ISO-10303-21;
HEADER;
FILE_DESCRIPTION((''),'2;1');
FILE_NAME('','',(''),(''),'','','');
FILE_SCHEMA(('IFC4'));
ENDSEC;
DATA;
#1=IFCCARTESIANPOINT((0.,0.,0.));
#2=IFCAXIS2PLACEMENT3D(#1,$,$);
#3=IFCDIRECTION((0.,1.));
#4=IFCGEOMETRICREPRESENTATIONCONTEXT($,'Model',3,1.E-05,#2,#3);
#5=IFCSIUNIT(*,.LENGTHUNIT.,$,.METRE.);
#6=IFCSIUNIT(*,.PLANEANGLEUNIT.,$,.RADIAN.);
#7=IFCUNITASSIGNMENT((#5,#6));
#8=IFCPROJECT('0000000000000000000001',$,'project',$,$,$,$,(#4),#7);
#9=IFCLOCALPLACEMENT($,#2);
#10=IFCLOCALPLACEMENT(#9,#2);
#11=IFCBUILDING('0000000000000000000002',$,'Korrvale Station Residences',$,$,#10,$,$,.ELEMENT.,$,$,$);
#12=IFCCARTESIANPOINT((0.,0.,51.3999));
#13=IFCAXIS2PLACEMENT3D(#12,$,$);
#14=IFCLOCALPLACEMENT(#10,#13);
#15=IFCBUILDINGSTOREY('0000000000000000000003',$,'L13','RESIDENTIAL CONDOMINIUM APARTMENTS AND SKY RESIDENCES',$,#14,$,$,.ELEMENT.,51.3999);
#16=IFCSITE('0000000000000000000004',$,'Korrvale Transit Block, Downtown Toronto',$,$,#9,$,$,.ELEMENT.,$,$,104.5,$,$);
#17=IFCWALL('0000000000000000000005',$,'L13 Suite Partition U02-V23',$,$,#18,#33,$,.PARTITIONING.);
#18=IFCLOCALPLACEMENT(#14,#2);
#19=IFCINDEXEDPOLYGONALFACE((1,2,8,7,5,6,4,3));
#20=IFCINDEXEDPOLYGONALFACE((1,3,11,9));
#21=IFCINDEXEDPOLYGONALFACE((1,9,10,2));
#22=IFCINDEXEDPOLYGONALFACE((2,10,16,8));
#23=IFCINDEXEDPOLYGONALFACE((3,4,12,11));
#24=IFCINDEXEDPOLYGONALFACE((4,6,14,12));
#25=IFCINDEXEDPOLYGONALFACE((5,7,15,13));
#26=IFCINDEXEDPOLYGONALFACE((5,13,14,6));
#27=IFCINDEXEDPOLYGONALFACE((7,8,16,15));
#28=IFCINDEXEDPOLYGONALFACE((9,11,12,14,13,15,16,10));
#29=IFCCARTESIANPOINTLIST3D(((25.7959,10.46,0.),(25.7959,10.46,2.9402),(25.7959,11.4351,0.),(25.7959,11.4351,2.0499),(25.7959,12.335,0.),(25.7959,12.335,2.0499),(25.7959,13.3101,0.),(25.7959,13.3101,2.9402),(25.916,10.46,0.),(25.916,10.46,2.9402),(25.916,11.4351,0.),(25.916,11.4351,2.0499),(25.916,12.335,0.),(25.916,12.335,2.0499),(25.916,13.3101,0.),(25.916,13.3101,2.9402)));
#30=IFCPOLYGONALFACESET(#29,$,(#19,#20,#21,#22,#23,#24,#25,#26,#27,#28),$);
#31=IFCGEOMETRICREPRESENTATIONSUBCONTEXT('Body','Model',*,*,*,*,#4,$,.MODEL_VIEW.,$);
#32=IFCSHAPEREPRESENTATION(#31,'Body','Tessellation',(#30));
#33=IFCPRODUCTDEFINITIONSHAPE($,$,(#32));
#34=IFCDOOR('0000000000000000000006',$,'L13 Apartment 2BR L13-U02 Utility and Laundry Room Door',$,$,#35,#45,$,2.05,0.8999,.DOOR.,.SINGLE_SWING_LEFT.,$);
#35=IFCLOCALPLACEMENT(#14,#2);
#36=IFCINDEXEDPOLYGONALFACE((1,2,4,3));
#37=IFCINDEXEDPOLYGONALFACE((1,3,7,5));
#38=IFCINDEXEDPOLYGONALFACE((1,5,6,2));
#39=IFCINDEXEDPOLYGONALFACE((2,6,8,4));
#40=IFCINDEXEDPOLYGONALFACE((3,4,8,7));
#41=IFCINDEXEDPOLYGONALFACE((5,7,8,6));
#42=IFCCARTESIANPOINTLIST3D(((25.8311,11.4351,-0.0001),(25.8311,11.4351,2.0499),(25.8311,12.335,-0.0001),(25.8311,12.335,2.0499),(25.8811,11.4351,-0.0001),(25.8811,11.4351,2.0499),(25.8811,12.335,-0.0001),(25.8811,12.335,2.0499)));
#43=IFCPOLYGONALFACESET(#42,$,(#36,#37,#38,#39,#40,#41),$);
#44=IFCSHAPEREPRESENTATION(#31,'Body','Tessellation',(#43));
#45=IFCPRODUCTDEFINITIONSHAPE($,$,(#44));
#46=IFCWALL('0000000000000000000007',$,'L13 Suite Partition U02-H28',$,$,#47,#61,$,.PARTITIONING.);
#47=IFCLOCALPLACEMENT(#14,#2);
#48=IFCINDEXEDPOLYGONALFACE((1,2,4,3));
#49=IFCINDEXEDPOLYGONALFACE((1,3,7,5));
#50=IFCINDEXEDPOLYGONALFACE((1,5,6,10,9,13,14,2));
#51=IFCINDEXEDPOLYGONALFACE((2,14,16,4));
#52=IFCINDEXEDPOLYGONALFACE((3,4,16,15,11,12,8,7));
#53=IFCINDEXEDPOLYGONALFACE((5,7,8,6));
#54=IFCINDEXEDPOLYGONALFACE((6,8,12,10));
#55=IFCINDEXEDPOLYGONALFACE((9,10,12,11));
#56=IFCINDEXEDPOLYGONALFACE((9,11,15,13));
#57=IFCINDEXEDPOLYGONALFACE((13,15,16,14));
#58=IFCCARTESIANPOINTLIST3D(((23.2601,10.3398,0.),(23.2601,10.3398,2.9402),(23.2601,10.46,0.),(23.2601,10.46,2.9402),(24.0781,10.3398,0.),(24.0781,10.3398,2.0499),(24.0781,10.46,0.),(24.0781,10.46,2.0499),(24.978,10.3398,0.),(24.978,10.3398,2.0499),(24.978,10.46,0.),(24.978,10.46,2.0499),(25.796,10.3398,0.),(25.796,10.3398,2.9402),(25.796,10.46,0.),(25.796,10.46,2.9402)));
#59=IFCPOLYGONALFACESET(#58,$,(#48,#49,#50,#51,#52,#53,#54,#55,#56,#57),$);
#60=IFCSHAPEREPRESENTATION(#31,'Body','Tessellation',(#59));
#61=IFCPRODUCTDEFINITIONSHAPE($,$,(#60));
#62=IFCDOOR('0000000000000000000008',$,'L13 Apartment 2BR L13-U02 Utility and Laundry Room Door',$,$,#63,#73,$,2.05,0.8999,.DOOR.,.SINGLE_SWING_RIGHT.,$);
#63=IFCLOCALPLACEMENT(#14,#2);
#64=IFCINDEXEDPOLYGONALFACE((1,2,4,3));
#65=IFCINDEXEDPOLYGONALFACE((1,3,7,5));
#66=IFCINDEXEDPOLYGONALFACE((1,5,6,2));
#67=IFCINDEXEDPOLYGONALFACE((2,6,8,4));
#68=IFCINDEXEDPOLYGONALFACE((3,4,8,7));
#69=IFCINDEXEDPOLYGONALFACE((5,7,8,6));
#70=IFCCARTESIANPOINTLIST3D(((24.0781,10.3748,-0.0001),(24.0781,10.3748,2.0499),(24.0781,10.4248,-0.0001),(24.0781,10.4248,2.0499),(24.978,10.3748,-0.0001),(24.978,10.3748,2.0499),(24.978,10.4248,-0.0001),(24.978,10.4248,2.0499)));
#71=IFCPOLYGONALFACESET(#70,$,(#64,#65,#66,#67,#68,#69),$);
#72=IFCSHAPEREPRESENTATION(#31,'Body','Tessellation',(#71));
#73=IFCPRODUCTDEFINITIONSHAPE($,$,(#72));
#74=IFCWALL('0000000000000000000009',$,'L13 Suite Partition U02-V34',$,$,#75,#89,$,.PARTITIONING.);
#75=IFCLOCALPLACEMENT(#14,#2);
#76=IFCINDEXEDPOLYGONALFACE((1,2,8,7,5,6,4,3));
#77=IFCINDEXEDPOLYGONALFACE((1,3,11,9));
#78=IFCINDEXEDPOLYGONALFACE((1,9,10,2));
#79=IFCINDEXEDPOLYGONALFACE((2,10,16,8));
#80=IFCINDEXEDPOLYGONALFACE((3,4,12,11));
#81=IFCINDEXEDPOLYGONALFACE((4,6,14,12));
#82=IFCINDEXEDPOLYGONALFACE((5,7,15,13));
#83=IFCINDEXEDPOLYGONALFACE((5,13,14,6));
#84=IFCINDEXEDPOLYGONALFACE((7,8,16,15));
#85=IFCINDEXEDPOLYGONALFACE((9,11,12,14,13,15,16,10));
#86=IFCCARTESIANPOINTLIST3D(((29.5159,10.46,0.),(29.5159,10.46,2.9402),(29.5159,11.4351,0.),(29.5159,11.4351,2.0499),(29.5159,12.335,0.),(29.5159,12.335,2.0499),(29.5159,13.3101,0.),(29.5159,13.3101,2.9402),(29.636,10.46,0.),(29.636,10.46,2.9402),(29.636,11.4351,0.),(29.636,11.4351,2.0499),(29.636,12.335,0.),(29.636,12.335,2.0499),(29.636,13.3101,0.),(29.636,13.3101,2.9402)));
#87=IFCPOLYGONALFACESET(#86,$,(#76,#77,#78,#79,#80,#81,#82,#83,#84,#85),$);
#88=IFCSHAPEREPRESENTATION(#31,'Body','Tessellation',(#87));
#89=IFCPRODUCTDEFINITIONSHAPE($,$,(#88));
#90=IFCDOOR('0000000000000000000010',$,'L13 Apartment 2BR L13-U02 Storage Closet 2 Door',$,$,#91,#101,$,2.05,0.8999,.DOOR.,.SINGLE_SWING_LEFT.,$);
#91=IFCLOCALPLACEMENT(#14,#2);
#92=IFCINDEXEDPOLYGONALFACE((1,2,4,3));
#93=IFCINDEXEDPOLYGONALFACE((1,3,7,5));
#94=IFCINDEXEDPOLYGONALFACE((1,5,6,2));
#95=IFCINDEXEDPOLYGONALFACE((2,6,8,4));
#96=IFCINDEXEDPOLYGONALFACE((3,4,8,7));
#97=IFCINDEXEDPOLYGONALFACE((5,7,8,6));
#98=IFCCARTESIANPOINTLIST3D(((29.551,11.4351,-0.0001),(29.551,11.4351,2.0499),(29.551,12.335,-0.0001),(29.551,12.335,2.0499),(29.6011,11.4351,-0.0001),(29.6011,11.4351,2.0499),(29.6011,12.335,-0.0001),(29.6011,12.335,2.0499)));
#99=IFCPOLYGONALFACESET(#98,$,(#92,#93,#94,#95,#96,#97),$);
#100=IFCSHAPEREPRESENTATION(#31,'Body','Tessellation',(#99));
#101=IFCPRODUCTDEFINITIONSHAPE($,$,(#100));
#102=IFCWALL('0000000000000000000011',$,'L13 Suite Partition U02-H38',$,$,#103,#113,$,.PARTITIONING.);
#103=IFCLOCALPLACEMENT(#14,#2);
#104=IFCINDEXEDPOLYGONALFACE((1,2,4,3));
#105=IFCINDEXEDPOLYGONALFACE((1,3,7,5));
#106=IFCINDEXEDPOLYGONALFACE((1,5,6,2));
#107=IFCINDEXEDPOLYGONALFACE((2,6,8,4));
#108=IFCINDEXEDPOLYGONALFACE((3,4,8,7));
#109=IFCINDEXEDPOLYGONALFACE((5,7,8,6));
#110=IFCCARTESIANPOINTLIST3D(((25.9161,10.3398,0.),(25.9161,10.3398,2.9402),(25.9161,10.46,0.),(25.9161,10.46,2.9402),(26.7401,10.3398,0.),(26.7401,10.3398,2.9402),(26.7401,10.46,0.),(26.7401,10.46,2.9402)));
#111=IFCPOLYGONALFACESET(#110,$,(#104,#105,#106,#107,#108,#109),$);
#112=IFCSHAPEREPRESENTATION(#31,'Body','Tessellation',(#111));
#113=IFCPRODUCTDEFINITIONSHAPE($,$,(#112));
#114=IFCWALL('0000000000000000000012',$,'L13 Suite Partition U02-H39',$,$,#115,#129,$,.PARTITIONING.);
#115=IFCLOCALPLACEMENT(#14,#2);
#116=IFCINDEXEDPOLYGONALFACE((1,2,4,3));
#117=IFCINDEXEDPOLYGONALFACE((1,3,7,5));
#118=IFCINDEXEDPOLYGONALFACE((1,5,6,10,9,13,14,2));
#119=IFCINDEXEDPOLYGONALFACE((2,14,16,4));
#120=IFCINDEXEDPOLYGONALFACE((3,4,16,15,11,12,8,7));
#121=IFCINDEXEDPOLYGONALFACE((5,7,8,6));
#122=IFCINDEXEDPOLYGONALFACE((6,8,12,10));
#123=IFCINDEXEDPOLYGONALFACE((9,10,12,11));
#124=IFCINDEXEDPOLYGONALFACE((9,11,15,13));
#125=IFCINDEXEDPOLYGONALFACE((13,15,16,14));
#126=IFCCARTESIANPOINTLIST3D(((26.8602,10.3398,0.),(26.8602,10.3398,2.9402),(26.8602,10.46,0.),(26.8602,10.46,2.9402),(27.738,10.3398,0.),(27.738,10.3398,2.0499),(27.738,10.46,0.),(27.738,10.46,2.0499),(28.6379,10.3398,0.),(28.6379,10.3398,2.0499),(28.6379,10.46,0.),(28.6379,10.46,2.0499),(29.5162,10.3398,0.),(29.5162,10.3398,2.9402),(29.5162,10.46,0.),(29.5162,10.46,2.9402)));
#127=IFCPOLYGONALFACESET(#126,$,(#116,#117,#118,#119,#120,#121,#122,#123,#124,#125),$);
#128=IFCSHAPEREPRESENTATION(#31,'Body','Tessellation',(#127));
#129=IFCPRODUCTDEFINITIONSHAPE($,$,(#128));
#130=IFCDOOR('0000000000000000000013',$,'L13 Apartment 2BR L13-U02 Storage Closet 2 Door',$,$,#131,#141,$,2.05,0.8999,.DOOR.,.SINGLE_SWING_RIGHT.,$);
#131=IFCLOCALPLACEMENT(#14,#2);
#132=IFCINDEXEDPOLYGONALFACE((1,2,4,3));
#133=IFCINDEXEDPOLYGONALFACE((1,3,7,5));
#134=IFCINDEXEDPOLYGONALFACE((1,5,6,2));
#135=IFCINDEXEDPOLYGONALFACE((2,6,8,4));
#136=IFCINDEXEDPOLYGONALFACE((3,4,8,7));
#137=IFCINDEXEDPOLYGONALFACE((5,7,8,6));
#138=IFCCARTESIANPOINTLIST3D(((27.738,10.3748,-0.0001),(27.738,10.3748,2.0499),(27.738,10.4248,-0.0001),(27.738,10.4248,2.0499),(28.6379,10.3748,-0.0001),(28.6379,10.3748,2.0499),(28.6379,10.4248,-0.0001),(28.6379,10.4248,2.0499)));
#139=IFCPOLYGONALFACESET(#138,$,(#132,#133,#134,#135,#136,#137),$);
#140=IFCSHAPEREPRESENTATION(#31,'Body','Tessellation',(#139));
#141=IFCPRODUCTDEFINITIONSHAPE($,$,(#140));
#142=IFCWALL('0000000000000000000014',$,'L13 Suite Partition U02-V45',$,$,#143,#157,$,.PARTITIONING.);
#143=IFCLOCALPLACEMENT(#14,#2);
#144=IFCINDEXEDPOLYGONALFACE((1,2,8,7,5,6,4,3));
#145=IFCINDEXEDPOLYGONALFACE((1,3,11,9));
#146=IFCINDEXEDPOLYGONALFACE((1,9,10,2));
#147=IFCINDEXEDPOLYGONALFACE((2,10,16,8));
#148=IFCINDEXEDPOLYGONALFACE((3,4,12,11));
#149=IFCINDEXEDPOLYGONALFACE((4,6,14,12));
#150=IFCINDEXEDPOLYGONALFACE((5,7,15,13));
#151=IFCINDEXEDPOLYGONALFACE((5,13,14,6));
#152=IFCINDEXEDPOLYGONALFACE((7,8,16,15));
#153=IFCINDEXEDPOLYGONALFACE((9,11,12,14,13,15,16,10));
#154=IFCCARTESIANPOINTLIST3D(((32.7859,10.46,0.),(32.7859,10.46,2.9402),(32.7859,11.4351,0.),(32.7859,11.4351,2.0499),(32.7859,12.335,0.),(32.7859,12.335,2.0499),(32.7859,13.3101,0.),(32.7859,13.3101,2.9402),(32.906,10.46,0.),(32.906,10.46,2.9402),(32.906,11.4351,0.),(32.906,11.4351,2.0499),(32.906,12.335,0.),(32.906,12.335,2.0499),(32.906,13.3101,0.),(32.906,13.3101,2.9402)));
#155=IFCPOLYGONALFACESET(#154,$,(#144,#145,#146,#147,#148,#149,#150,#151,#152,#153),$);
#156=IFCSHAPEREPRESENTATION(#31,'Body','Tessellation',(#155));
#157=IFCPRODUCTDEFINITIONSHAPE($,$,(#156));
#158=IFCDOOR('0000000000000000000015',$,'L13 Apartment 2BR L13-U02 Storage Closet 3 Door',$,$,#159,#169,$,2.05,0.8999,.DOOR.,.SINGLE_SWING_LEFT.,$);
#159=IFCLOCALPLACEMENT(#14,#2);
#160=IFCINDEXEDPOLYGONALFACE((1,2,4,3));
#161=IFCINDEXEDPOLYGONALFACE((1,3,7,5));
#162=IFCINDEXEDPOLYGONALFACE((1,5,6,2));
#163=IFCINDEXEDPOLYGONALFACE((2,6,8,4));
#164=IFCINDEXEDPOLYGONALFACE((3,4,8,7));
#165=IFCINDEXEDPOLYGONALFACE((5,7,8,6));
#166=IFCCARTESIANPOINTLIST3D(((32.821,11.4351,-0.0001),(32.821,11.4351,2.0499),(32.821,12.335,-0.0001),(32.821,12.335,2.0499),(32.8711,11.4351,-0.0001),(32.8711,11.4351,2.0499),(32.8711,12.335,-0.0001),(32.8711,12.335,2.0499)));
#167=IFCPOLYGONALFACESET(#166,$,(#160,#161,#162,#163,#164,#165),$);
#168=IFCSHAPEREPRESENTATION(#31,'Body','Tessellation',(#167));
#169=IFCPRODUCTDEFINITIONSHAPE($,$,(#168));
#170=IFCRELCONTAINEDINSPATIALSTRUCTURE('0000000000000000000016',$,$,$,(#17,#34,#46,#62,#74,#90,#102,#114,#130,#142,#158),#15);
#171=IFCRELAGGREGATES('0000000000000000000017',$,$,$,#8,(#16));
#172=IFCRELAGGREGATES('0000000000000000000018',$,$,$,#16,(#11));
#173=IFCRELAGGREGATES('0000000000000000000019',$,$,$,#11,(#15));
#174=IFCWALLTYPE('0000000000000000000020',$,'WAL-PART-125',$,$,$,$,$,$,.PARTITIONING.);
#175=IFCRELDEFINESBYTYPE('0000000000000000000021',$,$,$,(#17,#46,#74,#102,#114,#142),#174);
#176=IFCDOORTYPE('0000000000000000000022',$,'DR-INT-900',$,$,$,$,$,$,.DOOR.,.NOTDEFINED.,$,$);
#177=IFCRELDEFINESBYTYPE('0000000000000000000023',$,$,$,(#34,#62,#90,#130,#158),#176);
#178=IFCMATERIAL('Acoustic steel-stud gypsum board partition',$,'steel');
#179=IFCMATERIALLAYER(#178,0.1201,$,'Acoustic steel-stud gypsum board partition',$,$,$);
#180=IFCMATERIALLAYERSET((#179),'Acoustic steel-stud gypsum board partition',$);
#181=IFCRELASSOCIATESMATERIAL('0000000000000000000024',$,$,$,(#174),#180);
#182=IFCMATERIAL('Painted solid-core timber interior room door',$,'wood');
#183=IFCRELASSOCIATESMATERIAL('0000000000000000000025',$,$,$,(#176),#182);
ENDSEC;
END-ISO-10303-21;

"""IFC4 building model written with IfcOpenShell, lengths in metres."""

from ifc_helpers import new_model, si_unit, direction, frame, frame_2d, origin, place, context, subcontext, project, spatial, rectangle, extrude, material, layer, layer_set, type_object, element, fill, save


model = new_model("IFC4")

# Units and contexts
model_context = context("Model", 3, precision=1e-05, world=origin(), true_north=direction((0.0, 1.0)))
body_context = subcontext(model_context, "Body", "Model", "MODEL_VIEW")
ifc_project = project(units=[si_unit("LENGTHUNIT", "METRE"), si_unit("PLANEANGLEUNIT", "RADIAN")], contexts=[model_context])

# Site, building, storey
site_placement = place(None, origin())
site = spatial("IfcSite", under=ifc_project, at=site_placement, Name="Korrvale Transit Block, Downtown Toronto", CompositionType="ELEMENT", RefElevation=104.5)
building_placement = place(site_placement, origin())
building = spatial("IfcBuilding", under=site, at=building_placement, Name="Korrvale Station Residences", CompositionType="ELEMENT")
storey_placement = place(building_placement, frame((0.0, 0.0, 51.3999)))
storey = spatial("IfcBuildingStorey", under=building, at=storey_placement, Name="L13", Description="RESIDENTIAL CONDOMINIUM APARTMENTS AND SKY RESIDENCES", CompositionType="ELEMENT", Elevation=51.3999)

# Walls, openings, doors
ifc_material_1 = material(Name="Acoustic steel-stud gypsum board partition", Category="steel")
ifc_layer_1 = layer(ifc_material_1, 0.1201, Name="Acoustic steel-stud gypsum board partition")
ifc_layer_set_1 = layer_set([ifc_layer_1], Name="Acoustic steel-stud gypsum board partition")
wall_type = type_object("IfcWallType", Name="WAL-PART-125", PredefinedType="PARTITIONING", material=ifc_layer_set_1)
wall_1_placement = place(storey_placement, frame((25.856, 10.46, 0.0), z_axis=(0.0, 0.0, 1.0), x_axis=(0.0, 1.0, 0.0)))
wall_1 = element("IfcWall", 1, at=wall_1_placement, inside=storey, type_object=wall_type, Name="L13 Suite Partition U02-V23", PredefinedType="PARTITIONING", context=body_context, shape_type="SweptSolid", body=[
    extrude(rectangle(XDim=2.8501, YDim=0.1201, at=frame_2d((1.425, 0.0))), origin(), (0.0, 0.0, 1.0), 2.9402),
])
opening_1_placement = place(wall_1_placement, frame((0.9751, 0.0, 0.0)))
opening_1 = element("IfcOpeningElement", 2, at=opening_1_placement, cuts=wall_1, PredefinedType="OPENING", context=body_context, shape_type="SweptSolid", body=[
    extrude(rectangle(XDim=0.8999, YDim=2.05, at=frame_2d((0.45, 1.0249))), frame((0.0, 0.0701, 0.0), z_axis=(0.0, -1.0, 0.0), x_axis=(1.0, 0.0, 0.0)), (0.0, 0.0, 1.0), 0.1401),
])
ifc_material_2 = material(Name="Painted solid-core timber interior room door", Category="wood")
door_type = type_object("IfcDoorType", Name="DR-INT-900", OperationType="NOTDEFINED", PredefinedType="DOOR", material=ifc_material_2)
door_1_placement = place(opening_1_placement, origin())
door_1 = element("IfcDoor", 3, at=door_1_placement, inside=storey, type_object=door_type, Name="L13 Apartment 2BR L13-U02 Utility and Laundry Room Door", OperationType="SINGLE_SWING_LEFT", OverallHeight=2.05, OverallWidth=0.8999, PredefinedType="DOOR", context=body_context, shape_type="SweptSolid", body=[
    extrude(rectangle(XDim=0.8999, YDim=2.05, at=frame_2d((0.45, 1.0249))), frame((0.0, 0.0249, 0.0), z_axis=(0.0, -1.0, 0.0), x_axis=(1.0, 0.0, 0.0)), (0.0, 0.0, 1.0), 0.05),
])
fill(opening_1, door_1)
wall_2_placement = place(storey_placement, frame((23.26, 10.3999, 0.0), z_axis=(0.0, 0.0, 1.0), x_axis=(1.0, 0.0, 0.0)))
wall_2 = element("IfcWall", 4, at=wall_2_placement, inside=storey, type_object=wall_type, Name="L13 Suite Partition U02-H28", PredefinedType="PARTITIONING", context=body_context, shape_type="SweptSolid", body=[
    extrude(rectangle(XDim=2.5359, YDim=0.1201, at=frame_2d((1.2681, 0.0))), origin(), (0.0, 0.0, 1.0), 2.9402),
])
opening_2_placement = place(wall_2_placement, frame((0.8181, 0.0, 0.0)))
opening_2 = element("IfcOpeningElement", 5, at=opening_2_placement, cuts=wall_2, PredefinedType="OPENING", context=body_context, shape_type="SweptSolid", body=[
    extrude(rectangle(XDim=0.8999, YDim=2.05, at=frame_2d((0.45, 1.0249))), frame((0.0, 0.0701, 0.0), z_axis=(0.0, -1.0, 0.0), x_axis=(1.0, 0.0, 0.0)), (0.0, 0.0, 1.0), 0.1401),
])
door_2_placement = place(opening_2_placement, origin())
door_2 = element("IfcDoor", 6, at=door_2_placement, inside=storey, type_object=door_type, Name="L13 Apartment 2BR L13-U02 Utility and Laundry Room Door", OperationType="SINGLE_SWING_RIGHT", OverallHeight=2.05, OverallWidth=0.8999, PredefinedType="DOOR", context=body_context, shape_type="SweptSolid", body=[
    extrude(rectangle(XDim=0.8999, YDim=2.05, at=frame_2d((0.45, 1.0249))), frame((0.0, 0.0249, 0.0), z_axis=(0.0, -1.0, 0.0), x_axis=(1.0, 0.0, 0.0)), (0.0, 0.0, 1.0), 0.05),
])
fill(opening_2, door_2)
wall_3_placement = place(storey_placement, frame((29.5759, 10.46, 0.0), z_axis=(0.0, 0.0, 1.0), x_axis=(0.0, 1.0, 0.0)))
wall_3 = element("IfcWall", 7, at=wall_3_placement, inside=storey, type_object=wall_type, Name="L13 Suite Partition U02-V34", PredefinedType="PARTITIONING", context=body_context, shape_type="SweptSolid", body=[
    extrude(rectangle(XDim=2.8501, YDim=0.1201, at=frame_2d((1.425, 0.0))), origin(), (0.0, 0.0, 1.0), 2.9402),
])
opening_3_placement = place(wall_3_placement, frame((0.9751, 0.0, 0.0)))
opening_3 = element("IfcOpeningElement", 8, at=opening_3_placement, cuts=wall_3, PredefinedType="OPENING", context=body_context, shape_type="SweptSolid", body=[
    extrude(rectangle(XDim=0.8999, YDim=2.05, at=frame_2d((0.45, 1.0249))), frame((0.0, 0.0701, 0.0), z_axis=(0.0, -1.0, 0.0), x_axis=(1.0, 0.0, 0.0)), (0.0, 0.0, 1.0), 0.1401),
])
door_3_placement = place(opening_3_placement, origin())
door_3 = element("IfcDoor", 9, at=door_3_placement, inside=storey, type_object=door_type, Name="L13 Apartment 2BR L13-U02 Storage Closet 2 Door", OperationType="SINGLE_SWING_LEFT", OverallHeight=2.05, OverallWidth=0.8999, PredefinedType="DOOR", context=body_context, shape_type="SweptSolid", body=[
    extrude(rectangle(XDim=0.8999, YDim=2.05, at=frame_2d((0.45, 1.0249))), frame((0.0, 0.0249, 0.0), z_axis=(0.0, -1.0, 0.0), x_axis=(1.0, 0.0, 0.0)), (0.0, 0.0, 1.0), 0.05),
])
fill(opening_3, door_3)

# Wall
wall_4_placement = place(storey_placement, frame((25.916, 10.3999, 0.0), z_axis=(0.0, 0.0, 1.0), x_axis=(1.0, 0.0, 0.0)))
element("IfcWall", 10, at=wall_4_placement, inside=storey, type_object=wall_type, Name="L13 Suite Partition U02-H38", PredefinedType="PARTITIONING", context=body_context, shape_type="SweptSolid", body=[
    extrude(rectangle(XDim=0.824, YDim=0.1201, at=frame_2d((0.4121, 0.0))), origin(), (0.0, 0.0, 1.0), 2.9402),
])

# Walls, openings, doors
wall_5_placement = place(storey_placement, frame((26.8601, 10.3999, 0.0), z_axis=(0.0, 0.0, 1.0), x_axis=(1.0, 0.0, 0.0)))
wall_5 = element("IfcWall", 11, at=wall_5_placement, inside=storey, type_object=wall_type, Name="L13 Suite Partition U02-H39", PredefinedType="PARTITIONING", context=body_context, shape_type="SweptSolid", body=[
    extrude(rectangle(XDim=2.656, YDim=0.1201, at=frame_2d((1.3281, 0.0))), origin(), (0.0, 0.0, 1.0), 2.9402),
])
opening_4_placement = place(wall_5_placement, frame((0.8779, 0.0, 0.0)))
opening_4 = element("IfcOpeningElement", 12, at=opening_4_placement, cuts=wall_5, PredefinedType="OPENING", context=body_context, shape_type="SweptSolid", body=[
    extrude(rectangle(XDim=0.8999, YDim=2.05, at=frame_2d((0.45, 1.0249))), frame((0.0, 0.0701, 0.0), z_axis=(0.0, -1.0, 0.0), x_axis=(1.0, 0.0, 0.0)), (0.0, 0.0, 1.0), 0.1401),
])
door_4_placement = place(opening_4_placement, origin())
door_4 = element("IfcDoor", 13, at=door_4_placement, inside=storey, type_object=door_type, Name="L13 Apartment 2BR L13-U02 Storage Closet 2 Door", OperationType="SINGLE_SWING_RIGHT", OverallHeight=2.05, OverallWidth=0.8999, PredefinedType="DOOR", context=body_context, shape_type="SweptSolid", body=[
    extrude(rectangle(XDim=0.8999, YDim=2.05, at=frame_2d((0.45, 1.0249))), frame((0.0, 0.0249, 0.0), z_axis=(0.0, -1.0, 0.0), x_axis=(1.0, 0.0, 0.0)), (0.0, 0.0, 1.0), 0.05),
])
fill(opening_4, door_4)
wall_6_placement = place(storey_placement, frame((32.8459, 10.46, 0.0), z_axis=(0.0, 0.0, 1.0), x_axis=(0.0, 1.0, 0.0)))
wall_6 = element("IfcWall", 14, at=wall_6_placement, inside=storey, type_object=wall_type, Name="L13 Suite Partition U02-V45", PredefinedType="PARTITIONING", context=body_context, shape_type="SweptSolid", body=[
    extrude(rectangle(XDim=2.8501, YDim=0.1201, at=frame_2d((1.425, 0.0))), origin(), (0.0, 0.0, 1.0), 2.9402),
])
opening_5_placement = place(wall_6_placement, frame((0.9751, 0.0, 0.0)))
opening_5 = element("IfcOpeningElement", 15, at=opening_5_placement, cuts=wall_6, PredefinedType="OPENING", context=body_context, shape_type="SweptSolid", body=[
    extrude(rectangle(XDim=0.8999, YDim=2.05, at=frame_2d((0.45, 1.0249))), frame((0.0, 0.0701, 0.0), z_axis=(0.0, -1.0, 0.0), x_axis=(1.0, 0.0, 0.0)), (0.0, 0.0, 1.0), 0.1401),
])
door_5_placement = place(opening_5_placement, origin())
door_5 = element("IfcDoor", 16, at=door_5_placement, inside=storey, type_object=door_type, Name="L13 Apartment 2BR L13-U02 Storage Closet 3 Door", OperationType="SINGLE_SWING_LEFT", OverallHeight=2.05, OverallWidth=0.8999, PredefinedType="DOOR", context=body_context, shape_type="SweptSolid", body=[
    extrude(rectangle(XDim=0.8999, YDim=2.05, at=frame_2d((0.45, 1.0249))), frame((0.0, 0.0249, 0.0), z_axis=(0.0, -1.0, 0.0), x_axis=(1.0, 0.0, 0.0)), (0.0, 0.0, 1.0), 0.05),
])
fill(opening_5, door_5)

save(model, "model.ifc")
